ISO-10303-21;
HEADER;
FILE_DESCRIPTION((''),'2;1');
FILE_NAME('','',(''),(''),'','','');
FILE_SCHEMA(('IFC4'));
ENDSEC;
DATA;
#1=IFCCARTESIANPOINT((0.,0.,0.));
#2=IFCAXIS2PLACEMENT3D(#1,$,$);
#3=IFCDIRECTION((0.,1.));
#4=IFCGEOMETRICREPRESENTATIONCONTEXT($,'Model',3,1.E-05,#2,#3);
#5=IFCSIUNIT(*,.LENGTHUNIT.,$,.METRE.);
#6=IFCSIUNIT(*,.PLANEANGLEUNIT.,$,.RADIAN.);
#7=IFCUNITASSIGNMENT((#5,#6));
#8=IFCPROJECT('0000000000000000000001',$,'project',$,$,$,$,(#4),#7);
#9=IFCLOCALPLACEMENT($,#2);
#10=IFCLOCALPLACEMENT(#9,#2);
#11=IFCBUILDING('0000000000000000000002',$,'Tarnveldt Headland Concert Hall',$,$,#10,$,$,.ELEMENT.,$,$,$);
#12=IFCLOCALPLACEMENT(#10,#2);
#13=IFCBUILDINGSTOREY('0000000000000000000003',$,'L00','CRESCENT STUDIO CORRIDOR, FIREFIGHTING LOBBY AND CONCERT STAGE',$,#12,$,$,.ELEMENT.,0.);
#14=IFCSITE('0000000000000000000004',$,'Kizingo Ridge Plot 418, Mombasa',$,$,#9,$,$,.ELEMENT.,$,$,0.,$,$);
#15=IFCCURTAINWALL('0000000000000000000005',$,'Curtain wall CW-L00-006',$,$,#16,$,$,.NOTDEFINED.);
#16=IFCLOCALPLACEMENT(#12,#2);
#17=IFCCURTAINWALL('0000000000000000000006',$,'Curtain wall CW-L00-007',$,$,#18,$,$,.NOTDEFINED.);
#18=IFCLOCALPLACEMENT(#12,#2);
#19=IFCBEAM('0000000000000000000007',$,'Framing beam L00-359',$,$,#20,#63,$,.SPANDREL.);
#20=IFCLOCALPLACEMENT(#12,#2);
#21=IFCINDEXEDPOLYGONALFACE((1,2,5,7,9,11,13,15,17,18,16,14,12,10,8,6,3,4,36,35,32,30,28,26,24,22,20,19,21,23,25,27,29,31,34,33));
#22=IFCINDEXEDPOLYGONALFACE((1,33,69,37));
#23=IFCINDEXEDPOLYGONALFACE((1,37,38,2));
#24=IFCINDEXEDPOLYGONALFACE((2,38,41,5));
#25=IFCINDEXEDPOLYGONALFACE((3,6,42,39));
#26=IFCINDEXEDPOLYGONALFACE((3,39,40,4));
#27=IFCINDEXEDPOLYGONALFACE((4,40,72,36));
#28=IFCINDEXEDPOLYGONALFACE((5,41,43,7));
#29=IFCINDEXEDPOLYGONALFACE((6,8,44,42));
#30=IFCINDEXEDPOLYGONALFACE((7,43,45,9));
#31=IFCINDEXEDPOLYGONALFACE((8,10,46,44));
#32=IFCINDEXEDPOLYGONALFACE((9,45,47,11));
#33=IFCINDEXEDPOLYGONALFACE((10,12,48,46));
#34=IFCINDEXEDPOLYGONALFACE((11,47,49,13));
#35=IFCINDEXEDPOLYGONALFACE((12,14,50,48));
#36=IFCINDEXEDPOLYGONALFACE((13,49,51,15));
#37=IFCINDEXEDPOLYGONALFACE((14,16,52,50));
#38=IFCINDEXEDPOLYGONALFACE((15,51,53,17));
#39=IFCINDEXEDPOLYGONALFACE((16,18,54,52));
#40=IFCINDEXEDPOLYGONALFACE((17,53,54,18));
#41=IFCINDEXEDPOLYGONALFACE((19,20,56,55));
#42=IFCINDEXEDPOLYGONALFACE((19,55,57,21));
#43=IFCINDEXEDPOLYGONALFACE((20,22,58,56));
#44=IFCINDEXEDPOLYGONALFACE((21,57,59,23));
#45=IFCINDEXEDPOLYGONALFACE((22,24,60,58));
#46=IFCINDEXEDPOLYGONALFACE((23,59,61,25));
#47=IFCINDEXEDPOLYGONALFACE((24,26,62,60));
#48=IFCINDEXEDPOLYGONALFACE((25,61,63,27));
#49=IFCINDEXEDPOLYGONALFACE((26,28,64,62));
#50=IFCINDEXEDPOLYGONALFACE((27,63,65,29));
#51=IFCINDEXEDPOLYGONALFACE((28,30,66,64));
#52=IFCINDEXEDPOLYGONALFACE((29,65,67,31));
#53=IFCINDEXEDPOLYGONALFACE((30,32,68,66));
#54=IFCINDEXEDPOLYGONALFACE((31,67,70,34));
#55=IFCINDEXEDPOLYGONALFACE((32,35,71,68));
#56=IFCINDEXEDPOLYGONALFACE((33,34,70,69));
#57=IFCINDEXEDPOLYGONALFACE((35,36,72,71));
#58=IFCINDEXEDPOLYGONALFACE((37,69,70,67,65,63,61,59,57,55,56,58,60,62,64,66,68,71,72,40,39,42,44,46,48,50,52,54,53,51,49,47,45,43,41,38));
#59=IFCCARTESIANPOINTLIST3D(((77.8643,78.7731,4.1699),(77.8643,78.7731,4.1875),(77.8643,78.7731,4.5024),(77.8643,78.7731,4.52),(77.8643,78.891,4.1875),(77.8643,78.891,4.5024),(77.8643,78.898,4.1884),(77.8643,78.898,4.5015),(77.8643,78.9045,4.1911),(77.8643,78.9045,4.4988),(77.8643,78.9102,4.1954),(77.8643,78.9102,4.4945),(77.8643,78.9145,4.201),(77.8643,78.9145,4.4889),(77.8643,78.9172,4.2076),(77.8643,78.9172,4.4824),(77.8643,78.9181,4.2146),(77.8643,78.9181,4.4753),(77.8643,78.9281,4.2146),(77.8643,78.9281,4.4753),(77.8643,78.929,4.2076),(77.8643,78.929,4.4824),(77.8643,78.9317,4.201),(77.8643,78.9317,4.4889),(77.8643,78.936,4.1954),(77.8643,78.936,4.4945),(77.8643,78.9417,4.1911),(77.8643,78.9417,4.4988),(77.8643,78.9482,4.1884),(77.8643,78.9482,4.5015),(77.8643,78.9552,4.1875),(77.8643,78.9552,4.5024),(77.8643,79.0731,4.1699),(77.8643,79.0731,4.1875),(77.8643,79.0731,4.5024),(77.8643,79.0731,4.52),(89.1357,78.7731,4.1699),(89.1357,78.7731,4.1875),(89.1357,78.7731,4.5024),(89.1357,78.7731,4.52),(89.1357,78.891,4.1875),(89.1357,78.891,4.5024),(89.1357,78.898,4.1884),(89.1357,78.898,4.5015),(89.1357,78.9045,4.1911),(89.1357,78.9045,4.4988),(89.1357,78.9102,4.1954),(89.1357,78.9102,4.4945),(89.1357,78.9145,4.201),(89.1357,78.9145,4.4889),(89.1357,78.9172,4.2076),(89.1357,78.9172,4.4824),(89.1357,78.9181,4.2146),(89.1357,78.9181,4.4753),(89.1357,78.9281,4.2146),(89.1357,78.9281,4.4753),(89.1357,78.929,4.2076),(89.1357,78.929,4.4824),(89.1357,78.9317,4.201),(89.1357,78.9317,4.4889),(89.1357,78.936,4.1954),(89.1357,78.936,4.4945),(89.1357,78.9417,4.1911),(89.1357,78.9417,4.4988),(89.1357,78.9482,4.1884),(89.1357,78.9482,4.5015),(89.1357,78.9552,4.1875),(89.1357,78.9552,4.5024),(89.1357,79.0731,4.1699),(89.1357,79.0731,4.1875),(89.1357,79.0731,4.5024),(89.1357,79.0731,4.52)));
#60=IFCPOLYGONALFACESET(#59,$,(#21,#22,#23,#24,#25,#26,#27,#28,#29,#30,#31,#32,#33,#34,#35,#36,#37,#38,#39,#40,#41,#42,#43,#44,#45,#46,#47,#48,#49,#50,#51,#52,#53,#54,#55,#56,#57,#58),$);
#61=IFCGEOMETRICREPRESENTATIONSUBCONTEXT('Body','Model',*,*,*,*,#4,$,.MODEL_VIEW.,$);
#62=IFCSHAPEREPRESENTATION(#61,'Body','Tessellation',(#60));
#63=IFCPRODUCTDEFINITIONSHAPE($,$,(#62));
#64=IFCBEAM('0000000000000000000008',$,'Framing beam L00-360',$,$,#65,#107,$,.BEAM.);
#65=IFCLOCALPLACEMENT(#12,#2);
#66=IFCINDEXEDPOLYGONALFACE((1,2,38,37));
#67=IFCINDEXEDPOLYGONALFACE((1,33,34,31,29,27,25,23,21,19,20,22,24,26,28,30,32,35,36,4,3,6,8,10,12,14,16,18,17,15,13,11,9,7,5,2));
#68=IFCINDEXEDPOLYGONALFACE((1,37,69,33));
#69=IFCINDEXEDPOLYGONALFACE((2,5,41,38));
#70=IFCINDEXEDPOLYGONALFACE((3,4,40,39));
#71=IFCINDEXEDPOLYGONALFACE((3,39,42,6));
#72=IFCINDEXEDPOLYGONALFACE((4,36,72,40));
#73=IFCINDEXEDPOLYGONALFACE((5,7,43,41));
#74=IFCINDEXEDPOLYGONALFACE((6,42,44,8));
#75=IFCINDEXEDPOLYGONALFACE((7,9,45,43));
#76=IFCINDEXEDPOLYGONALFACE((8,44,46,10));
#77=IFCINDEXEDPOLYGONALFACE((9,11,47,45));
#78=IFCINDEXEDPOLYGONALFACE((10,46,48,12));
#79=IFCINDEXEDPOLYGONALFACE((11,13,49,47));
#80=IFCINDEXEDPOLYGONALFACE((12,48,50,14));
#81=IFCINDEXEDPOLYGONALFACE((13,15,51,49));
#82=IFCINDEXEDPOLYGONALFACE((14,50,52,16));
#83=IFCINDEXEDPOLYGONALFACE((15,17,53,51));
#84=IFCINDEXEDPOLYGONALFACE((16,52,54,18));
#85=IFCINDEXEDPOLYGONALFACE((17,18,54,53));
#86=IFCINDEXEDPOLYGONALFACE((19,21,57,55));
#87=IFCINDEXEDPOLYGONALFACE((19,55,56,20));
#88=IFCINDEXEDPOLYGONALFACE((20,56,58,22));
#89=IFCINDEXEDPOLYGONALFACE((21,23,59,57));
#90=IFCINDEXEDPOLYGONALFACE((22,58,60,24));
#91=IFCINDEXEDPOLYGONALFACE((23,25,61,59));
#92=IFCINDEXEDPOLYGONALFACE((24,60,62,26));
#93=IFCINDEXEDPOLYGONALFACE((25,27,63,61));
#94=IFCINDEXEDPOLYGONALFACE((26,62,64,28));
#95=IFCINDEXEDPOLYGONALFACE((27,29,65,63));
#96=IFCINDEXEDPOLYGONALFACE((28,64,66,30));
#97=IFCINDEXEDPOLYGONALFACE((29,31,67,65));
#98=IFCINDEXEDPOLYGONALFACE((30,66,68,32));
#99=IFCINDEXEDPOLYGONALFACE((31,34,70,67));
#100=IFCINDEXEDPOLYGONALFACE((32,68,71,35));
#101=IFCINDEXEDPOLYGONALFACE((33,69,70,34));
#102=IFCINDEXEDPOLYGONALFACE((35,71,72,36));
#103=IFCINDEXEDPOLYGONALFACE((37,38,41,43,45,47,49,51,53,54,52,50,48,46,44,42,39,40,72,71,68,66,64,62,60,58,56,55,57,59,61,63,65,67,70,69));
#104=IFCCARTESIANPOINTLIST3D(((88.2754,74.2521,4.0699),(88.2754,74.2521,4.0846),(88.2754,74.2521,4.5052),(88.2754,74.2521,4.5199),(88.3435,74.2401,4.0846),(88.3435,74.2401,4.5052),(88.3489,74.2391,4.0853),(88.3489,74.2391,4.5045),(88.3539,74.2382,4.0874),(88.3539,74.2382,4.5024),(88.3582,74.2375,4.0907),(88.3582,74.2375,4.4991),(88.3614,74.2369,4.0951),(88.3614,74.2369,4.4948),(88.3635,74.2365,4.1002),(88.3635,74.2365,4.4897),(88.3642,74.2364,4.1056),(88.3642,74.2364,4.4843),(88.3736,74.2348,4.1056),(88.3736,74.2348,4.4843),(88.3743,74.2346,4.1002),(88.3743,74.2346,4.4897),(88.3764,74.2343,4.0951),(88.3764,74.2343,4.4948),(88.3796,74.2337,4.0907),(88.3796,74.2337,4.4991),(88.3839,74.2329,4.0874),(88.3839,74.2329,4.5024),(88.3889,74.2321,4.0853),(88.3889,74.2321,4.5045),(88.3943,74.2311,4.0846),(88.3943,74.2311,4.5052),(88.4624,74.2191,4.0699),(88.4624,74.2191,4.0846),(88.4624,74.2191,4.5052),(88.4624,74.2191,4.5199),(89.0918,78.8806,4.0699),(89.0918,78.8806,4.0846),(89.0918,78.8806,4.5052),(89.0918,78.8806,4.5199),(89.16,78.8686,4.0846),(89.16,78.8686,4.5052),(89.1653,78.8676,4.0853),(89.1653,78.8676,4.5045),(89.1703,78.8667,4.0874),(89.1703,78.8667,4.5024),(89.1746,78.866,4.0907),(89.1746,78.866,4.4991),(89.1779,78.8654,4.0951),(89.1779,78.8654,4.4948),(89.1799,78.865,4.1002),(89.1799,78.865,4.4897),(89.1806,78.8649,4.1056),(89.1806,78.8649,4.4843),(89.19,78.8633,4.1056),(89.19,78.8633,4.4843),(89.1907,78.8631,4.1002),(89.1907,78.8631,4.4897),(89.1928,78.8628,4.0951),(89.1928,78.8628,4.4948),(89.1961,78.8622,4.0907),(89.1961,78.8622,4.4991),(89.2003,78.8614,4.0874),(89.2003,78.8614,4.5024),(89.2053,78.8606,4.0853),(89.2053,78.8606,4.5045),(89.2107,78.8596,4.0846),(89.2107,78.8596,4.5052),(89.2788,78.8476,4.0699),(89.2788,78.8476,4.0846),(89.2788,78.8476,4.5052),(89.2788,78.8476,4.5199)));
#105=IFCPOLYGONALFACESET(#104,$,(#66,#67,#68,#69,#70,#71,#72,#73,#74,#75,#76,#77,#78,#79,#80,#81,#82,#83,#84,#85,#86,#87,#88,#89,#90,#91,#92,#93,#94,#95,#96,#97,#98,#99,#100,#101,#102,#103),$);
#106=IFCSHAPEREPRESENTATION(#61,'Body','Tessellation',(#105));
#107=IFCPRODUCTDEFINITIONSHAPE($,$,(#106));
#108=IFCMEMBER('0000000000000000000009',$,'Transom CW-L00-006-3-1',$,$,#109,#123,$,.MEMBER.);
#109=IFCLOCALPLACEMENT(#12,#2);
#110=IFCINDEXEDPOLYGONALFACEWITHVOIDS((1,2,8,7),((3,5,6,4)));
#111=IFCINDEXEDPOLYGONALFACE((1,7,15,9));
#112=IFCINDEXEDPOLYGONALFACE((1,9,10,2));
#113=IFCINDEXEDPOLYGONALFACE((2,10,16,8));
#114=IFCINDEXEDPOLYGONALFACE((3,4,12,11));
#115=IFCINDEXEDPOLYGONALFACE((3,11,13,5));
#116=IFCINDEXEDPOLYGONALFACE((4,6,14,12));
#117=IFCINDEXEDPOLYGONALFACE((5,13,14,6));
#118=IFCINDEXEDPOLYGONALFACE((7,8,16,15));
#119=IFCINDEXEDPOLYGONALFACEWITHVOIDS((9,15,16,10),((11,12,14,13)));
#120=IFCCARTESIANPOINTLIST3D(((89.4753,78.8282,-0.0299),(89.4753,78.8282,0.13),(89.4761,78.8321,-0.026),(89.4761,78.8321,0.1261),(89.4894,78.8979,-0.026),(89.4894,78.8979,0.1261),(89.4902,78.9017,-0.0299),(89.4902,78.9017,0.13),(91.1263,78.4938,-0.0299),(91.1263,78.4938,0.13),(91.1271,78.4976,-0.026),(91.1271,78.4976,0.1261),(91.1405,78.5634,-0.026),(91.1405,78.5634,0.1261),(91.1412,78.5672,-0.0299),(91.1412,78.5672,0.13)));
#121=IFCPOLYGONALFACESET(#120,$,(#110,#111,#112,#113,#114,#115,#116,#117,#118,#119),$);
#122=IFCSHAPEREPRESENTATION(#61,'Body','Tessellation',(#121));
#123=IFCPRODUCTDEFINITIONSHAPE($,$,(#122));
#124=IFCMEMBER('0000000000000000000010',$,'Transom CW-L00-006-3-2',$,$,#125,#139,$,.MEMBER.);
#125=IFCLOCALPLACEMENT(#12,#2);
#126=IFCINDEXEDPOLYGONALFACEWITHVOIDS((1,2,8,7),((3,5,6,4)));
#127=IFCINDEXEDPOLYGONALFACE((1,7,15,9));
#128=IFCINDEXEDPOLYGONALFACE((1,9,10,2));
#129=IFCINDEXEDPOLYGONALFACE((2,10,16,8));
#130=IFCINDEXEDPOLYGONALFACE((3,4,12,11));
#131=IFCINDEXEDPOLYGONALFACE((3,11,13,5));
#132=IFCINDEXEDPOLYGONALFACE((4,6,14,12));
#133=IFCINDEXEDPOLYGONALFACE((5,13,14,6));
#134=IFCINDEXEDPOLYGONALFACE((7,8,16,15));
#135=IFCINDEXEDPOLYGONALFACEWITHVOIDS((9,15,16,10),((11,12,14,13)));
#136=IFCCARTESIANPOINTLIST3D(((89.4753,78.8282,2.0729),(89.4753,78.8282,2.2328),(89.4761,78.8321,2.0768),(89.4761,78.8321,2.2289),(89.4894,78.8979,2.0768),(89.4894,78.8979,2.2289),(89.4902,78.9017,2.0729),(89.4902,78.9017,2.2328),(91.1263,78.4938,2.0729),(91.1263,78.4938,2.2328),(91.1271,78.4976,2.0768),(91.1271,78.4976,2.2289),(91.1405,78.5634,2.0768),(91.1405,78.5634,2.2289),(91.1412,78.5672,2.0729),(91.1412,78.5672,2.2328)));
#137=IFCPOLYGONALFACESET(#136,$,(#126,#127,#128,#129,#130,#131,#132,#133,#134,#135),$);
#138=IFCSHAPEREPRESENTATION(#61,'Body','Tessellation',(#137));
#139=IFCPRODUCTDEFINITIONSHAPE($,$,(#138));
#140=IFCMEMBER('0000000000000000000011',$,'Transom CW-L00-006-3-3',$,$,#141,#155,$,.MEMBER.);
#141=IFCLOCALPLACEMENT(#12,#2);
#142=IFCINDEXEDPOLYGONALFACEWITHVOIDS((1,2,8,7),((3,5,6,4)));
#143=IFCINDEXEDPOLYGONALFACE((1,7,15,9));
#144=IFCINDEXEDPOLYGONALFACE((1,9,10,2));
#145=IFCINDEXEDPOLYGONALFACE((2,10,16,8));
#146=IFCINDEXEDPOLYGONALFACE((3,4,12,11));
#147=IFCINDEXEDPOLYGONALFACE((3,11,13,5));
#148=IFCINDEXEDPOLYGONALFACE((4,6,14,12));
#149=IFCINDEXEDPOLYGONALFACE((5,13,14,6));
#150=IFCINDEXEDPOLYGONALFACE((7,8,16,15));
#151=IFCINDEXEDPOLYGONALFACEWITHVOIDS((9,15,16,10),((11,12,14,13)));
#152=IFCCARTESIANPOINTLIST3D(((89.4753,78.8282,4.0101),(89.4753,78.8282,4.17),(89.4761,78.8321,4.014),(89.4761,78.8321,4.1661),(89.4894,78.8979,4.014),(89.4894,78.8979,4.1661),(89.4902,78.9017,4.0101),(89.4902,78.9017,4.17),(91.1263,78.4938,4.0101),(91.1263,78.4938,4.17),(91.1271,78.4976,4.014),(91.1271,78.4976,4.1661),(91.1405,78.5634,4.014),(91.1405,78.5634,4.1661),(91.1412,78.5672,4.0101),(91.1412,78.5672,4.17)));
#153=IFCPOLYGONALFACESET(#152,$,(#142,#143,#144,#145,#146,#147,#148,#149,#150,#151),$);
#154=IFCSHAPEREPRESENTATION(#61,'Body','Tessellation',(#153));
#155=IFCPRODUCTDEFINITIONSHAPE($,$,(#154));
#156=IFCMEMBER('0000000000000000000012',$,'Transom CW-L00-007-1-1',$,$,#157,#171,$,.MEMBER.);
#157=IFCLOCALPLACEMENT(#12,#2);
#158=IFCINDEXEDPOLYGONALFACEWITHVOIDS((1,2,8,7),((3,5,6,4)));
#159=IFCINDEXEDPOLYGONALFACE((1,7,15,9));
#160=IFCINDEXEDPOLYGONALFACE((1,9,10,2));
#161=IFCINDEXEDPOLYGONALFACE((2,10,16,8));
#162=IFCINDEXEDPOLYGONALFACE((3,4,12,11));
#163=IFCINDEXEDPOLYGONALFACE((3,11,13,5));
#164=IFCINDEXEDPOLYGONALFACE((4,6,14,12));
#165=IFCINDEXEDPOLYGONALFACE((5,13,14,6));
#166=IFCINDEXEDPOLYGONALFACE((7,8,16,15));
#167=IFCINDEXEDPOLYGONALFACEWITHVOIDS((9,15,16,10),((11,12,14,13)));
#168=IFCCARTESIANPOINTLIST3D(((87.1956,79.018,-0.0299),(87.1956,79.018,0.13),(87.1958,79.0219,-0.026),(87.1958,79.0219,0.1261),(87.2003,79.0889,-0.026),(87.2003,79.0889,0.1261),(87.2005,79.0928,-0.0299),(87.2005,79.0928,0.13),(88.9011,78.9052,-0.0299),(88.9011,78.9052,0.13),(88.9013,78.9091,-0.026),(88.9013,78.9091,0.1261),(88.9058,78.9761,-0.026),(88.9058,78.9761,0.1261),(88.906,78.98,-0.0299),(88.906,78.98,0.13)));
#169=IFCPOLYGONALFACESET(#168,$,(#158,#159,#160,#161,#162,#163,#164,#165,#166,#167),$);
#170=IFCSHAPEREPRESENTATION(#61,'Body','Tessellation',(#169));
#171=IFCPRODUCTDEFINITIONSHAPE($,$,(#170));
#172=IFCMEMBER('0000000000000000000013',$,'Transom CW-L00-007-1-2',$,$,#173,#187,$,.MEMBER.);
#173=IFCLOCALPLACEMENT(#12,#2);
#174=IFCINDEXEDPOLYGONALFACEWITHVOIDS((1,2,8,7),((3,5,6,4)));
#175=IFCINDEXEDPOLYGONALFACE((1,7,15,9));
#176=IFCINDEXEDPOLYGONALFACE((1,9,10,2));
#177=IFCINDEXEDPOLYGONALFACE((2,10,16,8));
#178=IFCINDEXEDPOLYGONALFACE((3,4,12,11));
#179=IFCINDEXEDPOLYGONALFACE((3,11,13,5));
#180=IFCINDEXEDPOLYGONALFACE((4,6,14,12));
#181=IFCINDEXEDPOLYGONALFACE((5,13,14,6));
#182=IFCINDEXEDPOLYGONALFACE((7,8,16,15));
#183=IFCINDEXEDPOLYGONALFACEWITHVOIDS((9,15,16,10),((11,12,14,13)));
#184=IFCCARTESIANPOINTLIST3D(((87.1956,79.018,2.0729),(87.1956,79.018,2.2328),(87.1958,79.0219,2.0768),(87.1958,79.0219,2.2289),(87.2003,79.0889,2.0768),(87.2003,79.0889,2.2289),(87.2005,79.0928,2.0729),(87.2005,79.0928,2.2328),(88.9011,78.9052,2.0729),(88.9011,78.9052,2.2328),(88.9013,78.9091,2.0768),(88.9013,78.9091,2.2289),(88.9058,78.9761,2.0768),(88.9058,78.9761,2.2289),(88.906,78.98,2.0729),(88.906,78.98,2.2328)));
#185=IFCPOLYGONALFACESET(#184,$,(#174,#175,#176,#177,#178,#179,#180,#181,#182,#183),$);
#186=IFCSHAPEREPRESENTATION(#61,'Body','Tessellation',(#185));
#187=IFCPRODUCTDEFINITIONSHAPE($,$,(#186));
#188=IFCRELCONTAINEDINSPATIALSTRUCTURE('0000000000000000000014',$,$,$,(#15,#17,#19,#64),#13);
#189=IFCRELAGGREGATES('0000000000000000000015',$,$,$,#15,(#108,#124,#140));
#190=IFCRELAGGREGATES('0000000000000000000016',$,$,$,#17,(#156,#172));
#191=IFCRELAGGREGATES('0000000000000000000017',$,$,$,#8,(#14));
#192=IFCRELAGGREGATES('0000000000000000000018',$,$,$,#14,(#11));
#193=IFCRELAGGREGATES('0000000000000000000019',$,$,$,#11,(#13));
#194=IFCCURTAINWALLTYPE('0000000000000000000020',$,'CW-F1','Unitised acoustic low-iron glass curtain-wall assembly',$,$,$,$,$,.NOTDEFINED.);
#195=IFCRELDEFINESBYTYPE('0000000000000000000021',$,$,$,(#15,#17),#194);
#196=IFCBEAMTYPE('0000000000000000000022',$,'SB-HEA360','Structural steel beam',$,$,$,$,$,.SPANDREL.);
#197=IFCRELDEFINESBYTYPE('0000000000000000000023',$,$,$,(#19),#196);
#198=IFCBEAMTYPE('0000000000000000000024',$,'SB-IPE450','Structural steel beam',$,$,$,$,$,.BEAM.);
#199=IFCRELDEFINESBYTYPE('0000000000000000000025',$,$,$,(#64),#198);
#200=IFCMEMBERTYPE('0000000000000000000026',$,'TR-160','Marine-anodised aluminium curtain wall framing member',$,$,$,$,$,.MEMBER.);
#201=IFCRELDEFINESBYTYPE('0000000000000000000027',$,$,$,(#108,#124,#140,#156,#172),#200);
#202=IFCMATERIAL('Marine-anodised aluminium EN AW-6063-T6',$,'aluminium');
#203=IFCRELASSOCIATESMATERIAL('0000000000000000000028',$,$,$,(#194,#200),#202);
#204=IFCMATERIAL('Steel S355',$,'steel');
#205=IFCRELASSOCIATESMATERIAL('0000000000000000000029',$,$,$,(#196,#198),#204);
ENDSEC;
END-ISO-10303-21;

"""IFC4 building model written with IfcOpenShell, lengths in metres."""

from ifc_helpers import new_model, si_unit, direction, frame, origin, origin_2d, place, context, subcontext, project, spatial, hollow_rectangle, i_section, extrude, material, material_profile, profile_set, type_object, element, aggregate, save


model = new_model("IFC4")

# Units and contexts
model_context = context("Model", 3, precision=1e-05, world=origin(), true_north=direction((0.0, 1.0)))
body_context = subcontext(model_context, "Body", "Model", "MODEL_VIEW")
ifc_project = project(units=[si_unit("LENGTHUNIT", "METRE"), si_unit("PLANEANGLEUNIT", "RADIAN")], contexts=[model_context])

# Site, building, storey
site_placement = place(None, origin())
site = spatial("IfcSite", under=ifc_project, at=site_placement, Name="Kizingo Ridge Plot 418, Mombasa", CompositionType="ELEMENT", RefElevation=0.0)
building_placement = place(site_placement, origin())
building = spatial("IfcBuilding", under=site, at=building_placement, Name="Tarnveldt Headland Concert Hall", CompositionType="ELEMENT")
storey_placement = place(building_placement, origin())
storey = spatial("IfcBuildingStorey", under=building, at=storey_placement, Name="L00", Description="CRESCENT STUDIO CORRIDOR, FIREFIGHTING LOBBY AND CONCERT STAGE", CompositionType="ELEMENT", Elevation=0.0)

# Shared definitions
ifc_material_1 = material(Name="Steel S355", Category="steel")

# Curtain walls
ifc_material_2 = material(Name="Marine-anodised aluminium EN AW-6063-T6", Category="aluminium")
curtain_wall_type = type_object("IfcCurtainWallType", Name="CW-F1", Description="Unitised acoustic low-iron glass curtain-wall assembly", PredefinedType="NOTDEFINED", material=ifc_material_2)
curtain_wall_1_placement = place(storey_placement, origin())
curtain_wall_1 = element("IfcCurtainWall", 1, at=curtain_wall_1_placement, inside=storey, type_object=curtain_wall_type, Name="Curtain wall CW-L00-006", PredefinedType="NOTDEFINED")
curtain_wall_2_placement = place(storey_placement, origin())
curtain_wall_2 = element("IfcCurtainWall", 2, at=curtain_wall_2_placement, inside=storey, type_object=curtain_wall_type, Name="Curtain wall CW-L00-007", PredefinedType="NOTDEFINED")

# Beams
ifc_material_profile_1 = material_profile(ifc_material_1, i_section(OverallWidth=0.3, OverallDepth=0.3501, WebThickness=0.01, FlangeThickness=0.0176, FilletRadius=0.0271, at=origin_2d()), Name="HEA360", Category="steel")
ifc_profile_set_1 = profile_set([ifc_material_profile_1], Name="Steel S355")
beam_type_1 = type_object("IfcBeamType", Name="SB-HEA360", Description="Structural steel beam", PredefinedType="SPANDREL", material=ifc_profile_set_1)
beam_1_placement = place(storey_placement, frame((89.1357, 78.9231, 4.345), z_axis=(-1.0, 0.0, 0.0), x_axis=(0.0, -1.0, 0.0)))
element("IfcBeam", 3, at=beam_1_placement, inside=storey, type_object=beam_type_1, Name="Framing beam L00-359", PredefinedType="SPANDREL", context=body_context, shape_type="SweptSolid", body=[
    extrude(i_section(OverallWidth=0.3, OverallDepth=0.3501, WebThickness=0.01, FlangeThickness=0.0176, FilletRadius=0.0271, at=origin_2d()), origin(), (0.0, 0.0, 1.0), 11.2715),
])
ifc_material_profile_2 = material_profile(ifc_material_1, i_section(OverallWidth=0.1899, OverallDepth=0.45, WebThickness=0.0095, FlangeThickness=0.0146, FilletRadius=0.021, at=origin_2d()), Name="IPE450", Category="steel")
ifc_profile_set_2 = profile_set([ifc_material_profile_2], Name="Steel S355")
beam_type_2 = type_object("IfcBeamType", Name="SB-IPE450", Description="Structural steel beam", PredefinedType="BEAM", material=ifc_profile_set_2)
beam_2_placement = place(storey_placement, frame((88.3689, 74.2356, 4.2949), z_axis=(0.173708, 0.984797, 0.0), x_axis=(-0.984797, 0.173708, 0.0)))
element("IfcBeam", 4, at=beam_2_placement, inside=storey, type_object=beam_type_2, Name="Framing beam L00-360", PredefinedType="BEAM", context=body_context, shape_type="SweptSolid", body=[
    extrude(i_section(OverallWidth=0.1899, OverallDepth=0.45, WebThickness=0.0095, FlangeThickness=0.0146, FilletRadius=0.021, at=origin_2d()), origin(), (0.0, 0.0, 1.0), 4.7),
])

# Members
ifc_material_profile_3 = material_profile(ifc_material_2, hollow_rectangle(XDim=0.075, YDim=0.1599, WallThickness=0.0039, at=origin_2d()), Name="ALU TRANSOM 75x160x4", Category="aluminium")
ifc_profile_set_3 = profile_set([ifc_material_profile_3], Name="Marine-anodised aluminium EN AW-6063-T6")
member_type_1 = type_object("IfcMemberType", Name="TR-160", Description="Marine-anodised aluminium curtain wall framing member", PredefinedType="MEMBER", material=ifc_profile_set_3)
member_1_placement = place(storey_placement, frame((91.1338, 78.5305, 0.05), z_axis=(-0.980093, 0.19854, 0.0), x_axis=(-0.19854, -0.980093, 0.0)))
member_1 = element("IfcMember", 5, at=member_1_placement, type_object=member_type_1, Name="Transom CW-L00-006-3-1", PredefinedType="MEMBER", context=body_context, shape_type="SweptSolid", body=[
    extrude(hollow_rectangle(XDim=0.075, YDim=0.1599, WallThickness=0.0039, at=origin_2d()), origin(), (0.0, 0.0, 1.0), 1.6846),
])
member_2_placement = place(storey_placement, frame((91.1338, 78.5305, 2.1528), z_axis=(-0.980093, 0.19854, 0.0), x_axis=(-0.19854, -0.980093, 0.0)))
member_2 = element("IfcMember", 6, at=member_2_placement, type_object=member_type_1, Name="Transom CW-L00-006-3-2", PredefinedType="MEMBER", context=body_context, shape_type="SweptSolid", body=[
    extrude(hollow_rectangle(XDim=0.075, YDim=0.1599, WallThickness=0.0039, at=origin_2d()), origin(), (0.0, 0.0, 1.0), 1.6846),
])
member_3_placement = place(storey_placement, frame((91.1338, 78.5305, 4.0901), z_axis=(-0.980093, 0.19854, 0.0), x_axis=(-0.19854, -0.980093, 0.0)))
member_3 = element("IfcMember", 7, at=member_3_placement, type_object=member_type_1, Name="Transom CW-L00-006-3-3", PredefinedType="MEMBER", context=body_context, shape_type="SweptSolid", body=[
    extrude(hollow_rectangle(XDim=0.075, YDim=0.1599, WallThickness=0.0039, at=origin_2d()), origin(), (0.0, 0.0, 1.0), 1.6846),
])
member_4_placement = place(storey_placement, frame((88.9036, 78.9426, 0.05), z_axis=(-0.99782, 0.065988, 0.0), x_axis=(-0.065988, -0.99782, 0.0)))
member_4 = element("IfcMember", 8, at=member_4_placement, type_object=member_type_1, Name="Transom CW-L00-007-1-1", PredefinedType="MEMBER", context=body_context, shape_type="SweptSolid", body=[
    extrude(hollow_rectangle(XDim=0.075, YDim=0.1599, WallThickness=0.0039, at=origin_2d()), origin(), (0.0, 0.0, 1.0), 1.7092),
])
member_5_placement = place(storey_placement, frame((88.9036, 78.9426, 2.1528), z_axis=(-0.99782, 0.065988, 0.0), x_axis=(-0.065988, -0.99782, 0.0)))
member_5 = element("IfcMember", 9, at=member_5_placement, type_object=member_type_1, Name="Transom CW-L00-007-1-2", PredefinedType="MEMBER", context=body_context, shape_type="SweptSolid", body=[
    extrude(hollow_rectangle(XDim=0.075, YDim=0.1599, WallThickness=0.0039, at=origin_2d()), origin(), (0.0, 0.0, 1.0), 1.7092),
])

aggregate(curtain_wall_1, [member_1, member_2, member_3])
aggregate(curtain_wall_2, [member_4, member_5])

save(model, "model.ifc")
